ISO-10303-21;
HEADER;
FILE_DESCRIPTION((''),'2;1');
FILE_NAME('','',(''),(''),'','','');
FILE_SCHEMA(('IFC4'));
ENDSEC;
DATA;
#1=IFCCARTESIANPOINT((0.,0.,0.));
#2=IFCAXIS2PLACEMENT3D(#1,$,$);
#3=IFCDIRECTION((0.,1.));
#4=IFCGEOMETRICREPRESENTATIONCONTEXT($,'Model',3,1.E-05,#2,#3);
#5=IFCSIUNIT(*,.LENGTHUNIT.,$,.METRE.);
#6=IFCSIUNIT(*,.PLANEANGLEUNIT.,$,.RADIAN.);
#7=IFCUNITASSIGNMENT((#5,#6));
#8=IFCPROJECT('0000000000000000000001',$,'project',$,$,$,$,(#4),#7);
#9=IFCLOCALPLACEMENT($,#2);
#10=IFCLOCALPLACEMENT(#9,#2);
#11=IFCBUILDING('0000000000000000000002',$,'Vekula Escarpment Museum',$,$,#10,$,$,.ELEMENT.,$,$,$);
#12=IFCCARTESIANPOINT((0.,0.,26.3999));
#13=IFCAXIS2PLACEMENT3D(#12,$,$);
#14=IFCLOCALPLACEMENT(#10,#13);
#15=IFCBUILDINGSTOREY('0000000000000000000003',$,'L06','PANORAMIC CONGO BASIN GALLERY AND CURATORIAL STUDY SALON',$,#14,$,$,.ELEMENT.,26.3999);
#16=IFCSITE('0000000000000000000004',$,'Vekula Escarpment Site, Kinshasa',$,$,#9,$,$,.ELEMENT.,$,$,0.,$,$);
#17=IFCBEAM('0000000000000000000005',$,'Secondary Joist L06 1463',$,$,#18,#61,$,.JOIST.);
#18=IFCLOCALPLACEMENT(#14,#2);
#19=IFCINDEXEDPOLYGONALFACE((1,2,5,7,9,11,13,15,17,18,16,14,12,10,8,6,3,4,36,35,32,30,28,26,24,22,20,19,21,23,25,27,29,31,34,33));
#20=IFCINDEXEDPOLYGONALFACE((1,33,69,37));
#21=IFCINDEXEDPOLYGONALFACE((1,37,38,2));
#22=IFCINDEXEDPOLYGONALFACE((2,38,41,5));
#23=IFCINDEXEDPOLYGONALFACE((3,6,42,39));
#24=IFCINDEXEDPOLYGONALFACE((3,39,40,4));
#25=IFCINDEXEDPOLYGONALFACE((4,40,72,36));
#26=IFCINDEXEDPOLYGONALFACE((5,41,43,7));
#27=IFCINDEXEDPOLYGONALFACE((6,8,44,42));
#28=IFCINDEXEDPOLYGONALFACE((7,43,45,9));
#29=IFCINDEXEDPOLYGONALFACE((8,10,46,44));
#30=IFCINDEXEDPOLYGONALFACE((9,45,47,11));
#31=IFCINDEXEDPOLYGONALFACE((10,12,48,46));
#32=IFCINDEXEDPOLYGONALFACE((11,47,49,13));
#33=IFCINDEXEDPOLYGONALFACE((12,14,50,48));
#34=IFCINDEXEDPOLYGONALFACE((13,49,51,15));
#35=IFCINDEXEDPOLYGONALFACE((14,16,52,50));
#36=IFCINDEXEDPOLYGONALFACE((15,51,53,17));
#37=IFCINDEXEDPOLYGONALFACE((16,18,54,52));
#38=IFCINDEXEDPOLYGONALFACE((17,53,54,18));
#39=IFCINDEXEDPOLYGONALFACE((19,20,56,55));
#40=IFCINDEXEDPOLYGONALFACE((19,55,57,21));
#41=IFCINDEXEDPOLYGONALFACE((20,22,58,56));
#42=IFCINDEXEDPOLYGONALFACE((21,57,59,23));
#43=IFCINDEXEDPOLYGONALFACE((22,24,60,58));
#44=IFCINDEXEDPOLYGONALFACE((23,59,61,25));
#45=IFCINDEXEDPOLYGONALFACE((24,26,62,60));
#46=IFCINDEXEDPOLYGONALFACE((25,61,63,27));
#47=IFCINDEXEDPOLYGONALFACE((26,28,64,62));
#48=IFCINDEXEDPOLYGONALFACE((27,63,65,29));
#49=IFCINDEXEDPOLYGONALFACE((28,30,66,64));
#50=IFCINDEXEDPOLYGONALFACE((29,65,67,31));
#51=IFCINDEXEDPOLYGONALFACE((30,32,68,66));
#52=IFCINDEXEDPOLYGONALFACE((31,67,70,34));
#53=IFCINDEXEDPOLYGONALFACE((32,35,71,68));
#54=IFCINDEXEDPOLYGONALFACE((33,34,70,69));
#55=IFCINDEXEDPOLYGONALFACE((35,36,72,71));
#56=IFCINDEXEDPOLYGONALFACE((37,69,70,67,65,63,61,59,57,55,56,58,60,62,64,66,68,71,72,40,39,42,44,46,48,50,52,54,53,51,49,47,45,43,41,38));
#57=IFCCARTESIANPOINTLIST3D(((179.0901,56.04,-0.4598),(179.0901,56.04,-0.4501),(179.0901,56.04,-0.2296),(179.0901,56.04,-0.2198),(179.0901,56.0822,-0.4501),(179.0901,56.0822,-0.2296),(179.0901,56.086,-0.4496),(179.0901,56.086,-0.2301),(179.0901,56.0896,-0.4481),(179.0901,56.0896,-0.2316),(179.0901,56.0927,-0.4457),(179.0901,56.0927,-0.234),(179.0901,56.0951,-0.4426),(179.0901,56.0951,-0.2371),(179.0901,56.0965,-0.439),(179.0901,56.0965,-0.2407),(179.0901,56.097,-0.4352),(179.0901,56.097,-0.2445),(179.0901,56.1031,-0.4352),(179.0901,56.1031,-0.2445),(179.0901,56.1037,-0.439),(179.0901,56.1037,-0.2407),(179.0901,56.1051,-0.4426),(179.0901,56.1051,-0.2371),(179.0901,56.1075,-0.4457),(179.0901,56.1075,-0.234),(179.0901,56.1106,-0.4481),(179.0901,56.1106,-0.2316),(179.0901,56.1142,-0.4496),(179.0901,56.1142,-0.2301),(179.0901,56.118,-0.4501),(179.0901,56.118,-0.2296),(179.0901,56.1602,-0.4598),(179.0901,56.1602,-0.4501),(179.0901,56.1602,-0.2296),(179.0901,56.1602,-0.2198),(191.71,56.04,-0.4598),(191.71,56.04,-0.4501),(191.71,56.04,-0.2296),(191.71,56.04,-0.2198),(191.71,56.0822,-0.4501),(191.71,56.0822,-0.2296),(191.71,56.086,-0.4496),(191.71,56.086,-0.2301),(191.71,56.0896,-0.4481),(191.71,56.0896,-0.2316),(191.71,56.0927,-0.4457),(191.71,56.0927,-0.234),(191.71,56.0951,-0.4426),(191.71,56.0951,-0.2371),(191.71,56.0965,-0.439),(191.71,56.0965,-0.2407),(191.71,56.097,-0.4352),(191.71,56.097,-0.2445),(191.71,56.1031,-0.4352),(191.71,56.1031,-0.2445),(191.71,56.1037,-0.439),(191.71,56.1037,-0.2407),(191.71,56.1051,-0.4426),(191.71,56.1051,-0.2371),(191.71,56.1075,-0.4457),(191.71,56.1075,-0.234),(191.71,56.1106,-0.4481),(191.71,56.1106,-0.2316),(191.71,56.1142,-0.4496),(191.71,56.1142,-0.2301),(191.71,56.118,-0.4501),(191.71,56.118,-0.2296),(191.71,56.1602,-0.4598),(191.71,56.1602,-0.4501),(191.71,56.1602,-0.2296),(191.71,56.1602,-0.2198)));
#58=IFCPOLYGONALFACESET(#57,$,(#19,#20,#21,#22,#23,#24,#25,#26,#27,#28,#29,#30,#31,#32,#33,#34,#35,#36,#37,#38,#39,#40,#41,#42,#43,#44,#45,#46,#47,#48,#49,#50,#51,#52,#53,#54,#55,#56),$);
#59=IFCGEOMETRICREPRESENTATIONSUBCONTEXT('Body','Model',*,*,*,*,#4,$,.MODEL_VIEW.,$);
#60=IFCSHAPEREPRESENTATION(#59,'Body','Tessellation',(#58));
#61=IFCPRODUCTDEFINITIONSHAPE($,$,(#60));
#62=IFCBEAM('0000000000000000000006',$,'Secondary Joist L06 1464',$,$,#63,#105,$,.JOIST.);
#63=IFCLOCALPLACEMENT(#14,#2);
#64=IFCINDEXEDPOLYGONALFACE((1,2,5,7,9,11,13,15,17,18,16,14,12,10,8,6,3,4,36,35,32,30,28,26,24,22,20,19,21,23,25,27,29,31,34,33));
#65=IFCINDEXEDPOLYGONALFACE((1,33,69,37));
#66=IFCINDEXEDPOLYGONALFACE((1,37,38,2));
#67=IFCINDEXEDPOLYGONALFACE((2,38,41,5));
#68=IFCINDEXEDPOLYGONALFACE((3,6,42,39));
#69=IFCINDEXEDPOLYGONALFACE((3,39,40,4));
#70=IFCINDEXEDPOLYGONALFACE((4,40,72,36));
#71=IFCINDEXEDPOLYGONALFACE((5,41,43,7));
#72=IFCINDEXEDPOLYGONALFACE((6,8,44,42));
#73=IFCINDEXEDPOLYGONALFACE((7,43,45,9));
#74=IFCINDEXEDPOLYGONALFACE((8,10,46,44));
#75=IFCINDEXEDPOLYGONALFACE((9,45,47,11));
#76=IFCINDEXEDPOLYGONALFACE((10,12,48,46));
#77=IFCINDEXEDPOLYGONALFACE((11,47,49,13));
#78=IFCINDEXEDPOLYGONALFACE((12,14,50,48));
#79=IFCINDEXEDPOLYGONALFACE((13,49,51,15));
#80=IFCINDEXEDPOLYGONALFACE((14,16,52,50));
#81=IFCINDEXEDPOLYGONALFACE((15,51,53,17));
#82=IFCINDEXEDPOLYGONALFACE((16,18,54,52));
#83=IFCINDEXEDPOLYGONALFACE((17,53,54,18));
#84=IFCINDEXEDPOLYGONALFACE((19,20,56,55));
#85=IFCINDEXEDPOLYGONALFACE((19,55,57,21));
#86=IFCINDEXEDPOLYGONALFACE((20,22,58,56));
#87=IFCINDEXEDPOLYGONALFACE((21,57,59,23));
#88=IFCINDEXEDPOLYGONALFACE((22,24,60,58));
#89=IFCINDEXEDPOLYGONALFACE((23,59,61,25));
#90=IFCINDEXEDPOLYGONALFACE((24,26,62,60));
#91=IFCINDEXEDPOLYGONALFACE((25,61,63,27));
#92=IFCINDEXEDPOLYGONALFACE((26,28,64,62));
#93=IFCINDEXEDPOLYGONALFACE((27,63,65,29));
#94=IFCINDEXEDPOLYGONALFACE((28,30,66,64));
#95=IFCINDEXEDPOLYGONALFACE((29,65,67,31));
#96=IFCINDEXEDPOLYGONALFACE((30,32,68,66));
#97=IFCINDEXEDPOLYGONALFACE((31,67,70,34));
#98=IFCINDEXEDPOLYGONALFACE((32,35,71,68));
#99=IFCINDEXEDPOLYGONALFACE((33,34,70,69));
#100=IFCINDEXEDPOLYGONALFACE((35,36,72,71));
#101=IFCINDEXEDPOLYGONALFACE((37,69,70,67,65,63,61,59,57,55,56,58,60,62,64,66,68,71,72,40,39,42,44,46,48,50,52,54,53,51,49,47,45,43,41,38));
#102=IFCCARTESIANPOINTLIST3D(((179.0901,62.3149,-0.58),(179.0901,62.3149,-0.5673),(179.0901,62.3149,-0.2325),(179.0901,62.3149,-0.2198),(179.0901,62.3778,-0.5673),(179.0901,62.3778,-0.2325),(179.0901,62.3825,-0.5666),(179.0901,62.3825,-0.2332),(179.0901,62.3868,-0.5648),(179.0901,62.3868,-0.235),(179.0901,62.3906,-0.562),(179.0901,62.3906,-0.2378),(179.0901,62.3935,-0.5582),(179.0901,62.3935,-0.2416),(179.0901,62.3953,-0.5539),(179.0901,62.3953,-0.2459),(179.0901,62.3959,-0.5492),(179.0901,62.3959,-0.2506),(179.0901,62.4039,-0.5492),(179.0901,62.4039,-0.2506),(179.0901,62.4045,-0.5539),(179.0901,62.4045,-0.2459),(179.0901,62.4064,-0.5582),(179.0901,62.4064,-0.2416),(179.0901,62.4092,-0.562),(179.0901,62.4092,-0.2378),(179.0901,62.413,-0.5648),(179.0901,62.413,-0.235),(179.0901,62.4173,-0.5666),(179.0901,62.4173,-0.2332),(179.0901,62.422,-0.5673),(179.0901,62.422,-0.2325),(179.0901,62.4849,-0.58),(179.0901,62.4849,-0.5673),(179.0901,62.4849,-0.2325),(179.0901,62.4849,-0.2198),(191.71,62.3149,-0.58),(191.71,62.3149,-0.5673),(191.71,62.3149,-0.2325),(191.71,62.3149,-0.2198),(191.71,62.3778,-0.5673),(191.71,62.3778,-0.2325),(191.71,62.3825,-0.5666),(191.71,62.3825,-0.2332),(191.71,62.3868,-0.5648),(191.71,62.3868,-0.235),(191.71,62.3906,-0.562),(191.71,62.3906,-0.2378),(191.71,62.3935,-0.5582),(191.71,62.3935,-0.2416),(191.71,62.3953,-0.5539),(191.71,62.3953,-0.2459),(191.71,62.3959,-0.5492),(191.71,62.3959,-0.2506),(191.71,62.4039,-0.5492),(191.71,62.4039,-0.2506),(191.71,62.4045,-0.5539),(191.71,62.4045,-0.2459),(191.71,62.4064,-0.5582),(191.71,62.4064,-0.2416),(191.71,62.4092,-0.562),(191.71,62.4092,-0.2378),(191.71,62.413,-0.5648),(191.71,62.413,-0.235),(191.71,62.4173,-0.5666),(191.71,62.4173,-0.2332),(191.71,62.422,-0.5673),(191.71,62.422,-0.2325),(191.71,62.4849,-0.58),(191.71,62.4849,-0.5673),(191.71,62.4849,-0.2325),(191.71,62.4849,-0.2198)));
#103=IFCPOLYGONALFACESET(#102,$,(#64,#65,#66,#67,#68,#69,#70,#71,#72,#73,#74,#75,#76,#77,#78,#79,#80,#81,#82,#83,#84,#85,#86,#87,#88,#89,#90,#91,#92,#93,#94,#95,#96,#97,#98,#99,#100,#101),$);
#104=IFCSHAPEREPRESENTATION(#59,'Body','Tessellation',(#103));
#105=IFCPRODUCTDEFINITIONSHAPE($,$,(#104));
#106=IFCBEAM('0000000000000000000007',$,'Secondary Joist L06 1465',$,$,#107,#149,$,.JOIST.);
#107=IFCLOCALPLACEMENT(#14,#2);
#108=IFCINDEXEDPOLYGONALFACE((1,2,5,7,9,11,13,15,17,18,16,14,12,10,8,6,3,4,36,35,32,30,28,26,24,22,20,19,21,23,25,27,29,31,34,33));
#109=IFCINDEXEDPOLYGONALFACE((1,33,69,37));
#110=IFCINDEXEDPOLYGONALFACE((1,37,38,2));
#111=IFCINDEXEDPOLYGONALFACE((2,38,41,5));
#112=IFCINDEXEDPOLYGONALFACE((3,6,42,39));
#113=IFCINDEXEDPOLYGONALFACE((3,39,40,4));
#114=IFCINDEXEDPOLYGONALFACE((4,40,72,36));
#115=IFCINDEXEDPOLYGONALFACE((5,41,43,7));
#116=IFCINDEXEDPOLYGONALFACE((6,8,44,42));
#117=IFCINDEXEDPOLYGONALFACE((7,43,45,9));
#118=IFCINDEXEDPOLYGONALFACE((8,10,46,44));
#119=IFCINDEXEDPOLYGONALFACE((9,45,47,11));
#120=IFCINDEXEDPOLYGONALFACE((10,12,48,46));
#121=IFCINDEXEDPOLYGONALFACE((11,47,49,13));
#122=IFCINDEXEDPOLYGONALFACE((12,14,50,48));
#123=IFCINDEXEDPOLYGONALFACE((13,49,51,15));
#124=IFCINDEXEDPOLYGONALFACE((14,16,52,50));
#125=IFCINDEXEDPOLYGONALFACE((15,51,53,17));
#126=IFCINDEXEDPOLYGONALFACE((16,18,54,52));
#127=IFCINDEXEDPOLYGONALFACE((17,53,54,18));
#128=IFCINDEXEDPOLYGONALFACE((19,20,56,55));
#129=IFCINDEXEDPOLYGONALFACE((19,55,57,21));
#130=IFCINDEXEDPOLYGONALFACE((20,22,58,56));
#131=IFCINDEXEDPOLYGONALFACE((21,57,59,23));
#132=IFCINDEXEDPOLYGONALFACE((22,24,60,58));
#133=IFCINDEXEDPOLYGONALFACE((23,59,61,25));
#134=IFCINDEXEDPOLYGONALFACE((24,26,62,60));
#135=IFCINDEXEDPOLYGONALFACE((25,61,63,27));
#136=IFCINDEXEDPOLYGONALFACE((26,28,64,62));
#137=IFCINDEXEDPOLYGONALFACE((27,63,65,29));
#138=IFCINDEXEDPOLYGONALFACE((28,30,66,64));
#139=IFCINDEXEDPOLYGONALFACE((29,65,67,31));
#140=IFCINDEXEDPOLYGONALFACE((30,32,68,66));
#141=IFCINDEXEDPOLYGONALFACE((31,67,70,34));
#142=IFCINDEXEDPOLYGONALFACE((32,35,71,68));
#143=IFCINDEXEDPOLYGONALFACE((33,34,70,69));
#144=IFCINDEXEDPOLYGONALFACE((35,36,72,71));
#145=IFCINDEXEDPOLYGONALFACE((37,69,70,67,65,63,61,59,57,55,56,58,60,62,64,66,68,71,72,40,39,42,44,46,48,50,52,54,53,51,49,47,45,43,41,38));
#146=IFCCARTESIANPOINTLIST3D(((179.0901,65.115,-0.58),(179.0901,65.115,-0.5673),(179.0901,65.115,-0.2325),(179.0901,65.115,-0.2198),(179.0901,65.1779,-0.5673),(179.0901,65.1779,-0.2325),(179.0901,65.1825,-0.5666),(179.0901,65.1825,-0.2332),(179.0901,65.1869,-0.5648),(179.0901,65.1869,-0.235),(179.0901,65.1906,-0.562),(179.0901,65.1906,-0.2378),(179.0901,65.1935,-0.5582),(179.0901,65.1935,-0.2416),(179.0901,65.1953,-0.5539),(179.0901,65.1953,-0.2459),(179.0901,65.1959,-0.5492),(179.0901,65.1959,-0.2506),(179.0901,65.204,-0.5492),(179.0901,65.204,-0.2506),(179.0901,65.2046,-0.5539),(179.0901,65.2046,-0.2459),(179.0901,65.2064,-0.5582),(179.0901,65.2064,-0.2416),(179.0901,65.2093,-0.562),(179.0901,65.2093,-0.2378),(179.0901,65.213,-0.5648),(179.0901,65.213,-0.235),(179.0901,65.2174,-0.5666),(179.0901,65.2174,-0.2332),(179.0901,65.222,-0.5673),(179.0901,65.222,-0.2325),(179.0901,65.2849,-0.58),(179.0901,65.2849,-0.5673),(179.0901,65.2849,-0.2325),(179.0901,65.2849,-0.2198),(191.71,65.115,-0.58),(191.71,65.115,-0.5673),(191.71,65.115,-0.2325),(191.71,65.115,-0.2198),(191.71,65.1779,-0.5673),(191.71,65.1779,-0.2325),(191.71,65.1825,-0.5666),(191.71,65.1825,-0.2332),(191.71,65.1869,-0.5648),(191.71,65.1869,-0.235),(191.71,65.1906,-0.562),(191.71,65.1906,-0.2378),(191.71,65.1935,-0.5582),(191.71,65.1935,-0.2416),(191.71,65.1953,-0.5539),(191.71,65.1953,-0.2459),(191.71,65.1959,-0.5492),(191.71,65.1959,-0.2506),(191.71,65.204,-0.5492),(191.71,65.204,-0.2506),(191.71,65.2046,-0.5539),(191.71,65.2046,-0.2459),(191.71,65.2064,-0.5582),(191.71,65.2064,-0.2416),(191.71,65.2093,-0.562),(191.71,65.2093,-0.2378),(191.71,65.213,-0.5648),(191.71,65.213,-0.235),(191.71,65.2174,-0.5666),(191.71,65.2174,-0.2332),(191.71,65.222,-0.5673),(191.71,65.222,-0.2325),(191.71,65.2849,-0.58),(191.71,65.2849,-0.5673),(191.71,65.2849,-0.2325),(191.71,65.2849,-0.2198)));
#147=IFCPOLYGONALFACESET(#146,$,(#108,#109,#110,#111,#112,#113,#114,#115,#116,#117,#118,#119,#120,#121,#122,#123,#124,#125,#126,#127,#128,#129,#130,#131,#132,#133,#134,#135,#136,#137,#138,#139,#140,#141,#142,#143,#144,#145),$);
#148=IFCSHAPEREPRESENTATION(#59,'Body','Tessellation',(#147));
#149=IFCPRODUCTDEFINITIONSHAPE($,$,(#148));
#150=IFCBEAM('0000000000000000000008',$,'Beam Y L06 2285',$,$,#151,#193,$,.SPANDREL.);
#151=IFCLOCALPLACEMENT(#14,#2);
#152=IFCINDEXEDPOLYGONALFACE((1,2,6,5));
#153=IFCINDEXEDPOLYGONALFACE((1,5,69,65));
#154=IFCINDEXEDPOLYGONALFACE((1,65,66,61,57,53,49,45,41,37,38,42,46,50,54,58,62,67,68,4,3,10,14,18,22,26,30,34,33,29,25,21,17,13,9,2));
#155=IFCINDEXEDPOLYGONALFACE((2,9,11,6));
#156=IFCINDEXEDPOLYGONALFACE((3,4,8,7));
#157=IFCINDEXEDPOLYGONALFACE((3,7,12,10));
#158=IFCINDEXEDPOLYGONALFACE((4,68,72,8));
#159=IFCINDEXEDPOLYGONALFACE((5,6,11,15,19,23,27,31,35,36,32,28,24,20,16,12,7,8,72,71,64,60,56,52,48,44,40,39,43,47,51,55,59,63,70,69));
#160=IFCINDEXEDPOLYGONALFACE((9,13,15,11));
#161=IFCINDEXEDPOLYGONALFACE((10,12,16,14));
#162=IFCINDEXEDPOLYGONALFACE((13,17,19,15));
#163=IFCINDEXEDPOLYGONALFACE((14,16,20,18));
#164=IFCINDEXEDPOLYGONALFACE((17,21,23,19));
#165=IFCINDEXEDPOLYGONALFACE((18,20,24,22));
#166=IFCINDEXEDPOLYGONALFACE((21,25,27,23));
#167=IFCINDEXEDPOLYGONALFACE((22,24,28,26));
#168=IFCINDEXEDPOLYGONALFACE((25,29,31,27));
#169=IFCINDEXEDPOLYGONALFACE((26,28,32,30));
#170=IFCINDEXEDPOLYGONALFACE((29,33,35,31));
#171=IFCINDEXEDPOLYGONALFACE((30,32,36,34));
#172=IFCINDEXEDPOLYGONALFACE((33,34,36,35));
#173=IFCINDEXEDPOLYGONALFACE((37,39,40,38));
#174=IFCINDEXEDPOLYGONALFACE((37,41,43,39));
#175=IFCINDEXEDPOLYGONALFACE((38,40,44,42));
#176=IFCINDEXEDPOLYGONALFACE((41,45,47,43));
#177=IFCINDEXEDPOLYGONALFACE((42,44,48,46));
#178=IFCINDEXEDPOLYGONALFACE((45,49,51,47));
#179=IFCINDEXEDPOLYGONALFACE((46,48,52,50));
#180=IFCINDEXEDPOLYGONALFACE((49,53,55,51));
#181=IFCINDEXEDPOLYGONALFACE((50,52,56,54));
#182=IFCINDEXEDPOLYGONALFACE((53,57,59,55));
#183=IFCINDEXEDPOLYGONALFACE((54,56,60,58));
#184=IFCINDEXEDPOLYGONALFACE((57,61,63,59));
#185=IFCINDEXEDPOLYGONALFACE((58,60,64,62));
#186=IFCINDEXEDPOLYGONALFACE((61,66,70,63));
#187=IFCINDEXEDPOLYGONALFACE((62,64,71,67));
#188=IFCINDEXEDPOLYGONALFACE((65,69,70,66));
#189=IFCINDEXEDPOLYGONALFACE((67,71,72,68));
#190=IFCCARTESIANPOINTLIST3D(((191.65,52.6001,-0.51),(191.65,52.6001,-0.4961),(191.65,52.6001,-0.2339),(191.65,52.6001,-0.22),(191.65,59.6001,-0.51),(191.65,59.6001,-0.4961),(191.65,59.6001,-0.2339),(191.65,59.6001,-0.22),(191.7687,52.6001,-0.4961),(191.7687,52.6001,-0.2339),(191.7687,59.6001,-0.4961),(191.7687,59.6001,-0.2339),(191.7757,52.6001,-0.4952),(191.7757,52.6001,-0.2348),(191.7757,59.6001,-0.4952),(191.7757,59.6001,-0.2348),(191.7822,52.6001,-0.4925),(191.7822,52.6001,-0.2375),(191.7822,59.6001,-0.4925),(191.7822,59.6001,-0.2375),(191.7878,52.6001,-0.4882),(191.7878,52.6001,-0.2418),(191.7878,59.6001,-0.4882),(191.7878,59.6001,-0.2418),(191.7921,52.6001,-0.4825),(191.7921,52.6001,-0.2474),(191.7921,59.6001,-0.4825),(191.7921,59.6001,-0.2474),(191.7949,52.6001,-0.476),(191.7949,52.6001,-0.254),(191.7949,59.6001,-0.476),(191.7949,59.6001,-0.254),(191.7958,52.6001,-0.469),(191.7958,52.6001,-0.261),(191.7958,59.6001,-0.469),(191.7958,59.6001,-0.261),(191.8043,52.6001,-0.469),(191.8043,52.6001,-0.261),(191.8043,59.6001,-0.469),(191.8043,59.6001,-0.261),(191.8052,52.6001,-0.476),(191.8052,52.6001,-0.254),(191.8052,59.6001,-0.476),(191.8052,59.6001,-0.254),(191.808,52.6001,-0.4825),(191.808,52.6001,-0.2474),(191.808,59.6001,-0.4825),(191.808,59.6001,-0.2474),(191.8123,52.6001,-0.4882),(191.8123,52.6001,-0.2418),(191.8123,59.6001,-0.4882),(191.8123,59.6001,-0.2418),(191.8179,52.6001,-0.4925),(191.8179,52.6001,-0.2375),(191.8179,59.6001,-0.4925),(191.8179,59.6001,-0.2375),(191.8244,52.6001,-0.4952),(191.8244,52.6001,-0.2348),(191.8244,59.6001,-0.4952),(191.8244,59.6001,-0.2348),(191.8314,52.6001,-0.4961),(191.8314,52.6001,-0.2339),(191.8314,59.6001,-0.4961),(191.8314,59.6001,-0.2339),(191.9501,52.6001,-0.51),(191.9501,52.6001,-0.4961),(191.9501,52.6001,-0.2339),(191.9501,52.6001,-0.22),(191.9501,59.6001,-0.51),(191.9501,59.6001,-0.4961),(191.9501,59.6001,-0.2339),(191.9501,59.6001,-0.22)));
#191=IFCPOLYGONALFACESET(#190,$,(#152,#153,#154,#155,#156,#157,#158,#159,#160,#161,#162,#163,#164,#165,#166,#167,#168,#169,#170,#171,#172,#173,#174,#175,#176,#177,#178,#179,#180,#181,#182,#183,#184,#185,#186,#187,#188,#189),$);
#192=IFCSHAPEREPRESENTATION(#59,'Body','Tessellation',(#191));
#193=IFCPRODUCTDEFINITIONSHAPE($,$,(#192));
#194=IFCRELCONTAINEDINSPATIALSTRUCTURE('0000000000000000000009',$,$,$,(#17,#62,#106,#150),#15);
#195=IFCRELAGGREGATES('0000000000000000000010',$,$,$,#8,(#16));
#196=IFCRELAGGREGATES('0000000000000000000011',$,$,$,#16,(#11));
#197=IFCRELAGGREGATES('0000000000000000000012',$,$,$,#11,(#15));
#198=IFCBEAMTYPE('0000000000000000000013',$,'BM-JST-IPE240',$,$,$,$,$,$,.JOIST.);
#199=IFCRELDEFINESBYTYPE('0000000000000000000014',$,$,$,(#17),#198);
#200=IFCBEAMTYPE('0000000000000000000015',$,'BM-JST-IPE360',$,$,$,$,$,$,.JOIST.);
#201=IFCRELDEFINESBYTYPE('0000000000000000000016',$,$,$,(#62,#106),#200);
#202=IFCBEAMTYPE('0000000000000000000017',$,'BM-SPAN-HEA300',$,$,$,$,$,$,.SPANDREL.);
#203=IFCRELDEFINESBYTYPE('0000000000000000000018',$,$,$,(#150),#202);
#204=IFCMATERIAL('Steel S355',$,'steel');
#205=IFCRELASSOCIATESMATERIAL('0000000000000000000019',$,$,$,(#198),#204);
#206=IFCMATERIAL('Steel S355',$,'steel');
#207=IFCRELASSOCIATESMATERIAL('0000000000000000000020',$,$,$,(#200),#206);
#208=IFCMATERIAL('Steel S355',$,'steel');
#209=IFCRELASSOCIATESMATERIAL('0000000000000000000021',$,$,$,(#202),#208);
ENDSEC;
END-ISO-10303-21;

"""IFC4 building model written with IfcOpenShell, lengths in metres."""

from ifc_helpers import new_model, si_unit, direction, frame, origin, origin_2d, place, context, subcontext, project, spatial, i_section, extrude, material, material_profile, profile_set, type_object, element, save


model = new_model("IFC4")

# Units and contexts
model_context = context("Model", 3, precision=1e-05, world=origin(), true_north=direction((0.0, 1.0)))
body_context = subcontext(model_context, "Body", "Model", "MODEL_VIEW")
ifc_project = project(units=[si_unit("LENGTHUNIT", "METRE"), si_unit("PLANEANGLEUNIT", "RADIAN")], contexts=[model_context])

# Site, building, storey
site_placement = place(None, origin())
site = spatial("IfcSite", under=ifc_project, at=site_placement, Name="Vekula Escarpment Site, Kinshasa", CompositionType="ELEMENT", RefElevation=0.0)
building_placement = place(site_placement, origin())
building = spatial("IfcBuilding", under=site, at=building_placement, Name="Vekula Escarpment Museum", CompositionType="ELEMENT")
storey_placement = place(building_placement, frame((0.0, 0.0, 26.3999)))
storey = spatial("IfcBuildingStorey", under=building, at=storey_placement, Name="L06", Description="PANORAMIC CONGO BASIN GALLERY AND CURATORIAL STUDY SALON", CompositionType="ELEMENT", Elevation=26.3999)

# Beams
ifc_material_1 = material(Name="Steel S355", Category="steel")
ifc_material_profile_1 = material_profile(ifc_material_1, i_section(OverallWidth=0.1201, OverallDepth=0.24, WebThickness=0.0061, FlangeThickness=0.0098, FilletRadius=0.0149, at=origin_2d()), Name="IPE 240")
ifc_profile_set_1 = profile_set([ifc_material_profile_1], Name="Steel S355")
beam_type_1 = type_object("IfcBeamType", Name="BM-JST-IPE240", PredefinedType="JOIST", material=ifc_profile_set_1)
beam_1_placement = place(storey_placement, frame((179.0901, 56.1001, -0.3398), z_axis=(1.0, 0.0, 0.0), x_axis=(0.0, 1.0, 0.0)))
element("IfcBeam", 1, at=beam_1_placement, inside=storey, type_object=beam_type_1, Name="Secondary Joist L06 1463", PredefinedType="JOIST", context=body_context, shape_type="SweptSolid", body=[
    extrude(i_section(OverallWidth=0.1201, OverallDepth=0.24, WebThickness=0.0061, FlangeThickness=0.0098, FilletRadius=0.0149, at=origin_2d()), origin(), (0.0, 0.0, 1.0), 12.6199),
])
ifc_material_2 = material(Name="Steel S355", Category="steel")
ifc_material_profile_2 = material_profile(ifc_material_2, i_section(OverallWidth=0.1699, OverallDepth=0.3601, WebThickness=0.0081, FlangeThickness=0.0127, FilletRadius=0.0181, at=origin_2d()), Name="IPE 360")
ifc_profile_set_2 = profile_set([ifc_material_profile_2], Name="Steel S355")
beam_type_2 = type_object("IfcBeamType", Name="BM-JST-IPE360", PredefinedType="JOIST", material=ifc_profile_set_2)
for number, where, z_axis, x_axis, name in (
    (2, (179.0901, 62.3999, -0.3999), (1.0, 0.0, 0.0), (0.0, 1.0, 0.0), "Secondary Joist L06 1464"),
    (3, (179.0901, 65.2, -0.3999), (1.0, 0.0, 0.0), (0.0, 1.0, 0.0), "Secondary Joist L06 1465"),
):
    element("IfcBeam", number, at=place(storey_placement, frame(where, z_axis=z_axis, x_axis=x_axis)), inside=storey, type_object=beam_type_2, Name=name, PredefinedType="JOIST", context=body_context, shape_type="SweptSolid", body=[
        extrude(i_section(OverallWidth=0.1699, OverallDepth=0.3601, WebThickness=0.0081, FlangeThickness=0.0127, FilletRadius=0.0181, at=origin_2d()), origin(), (0.0, 0.0, 1.0), 12.6199),
    ])
ifc_material_3 = material(Name="Steel S355", Category="steel")
ifc_material_profile_3 = material_profile(ifc_material_3, i_section(OverallWidth=0.3, OverallDepth=0.29, WebThickness=0.0085, FlangeThickness=0.0139, FilletRadius=0.0271, at=origin_2d()), Name="HEA 300")
ifc_profile_set_3 = profile_set([ifc_material_profile_3], Name="Steel S355")
beam_type_3 = type_object("IfcBeamType", Name="BM-SPAN-HEA300", PredefinedType="SPANDREL", material=ifc_profile_set_3)
beam_2_placement = place(storey_placement, frame((191.8, 52.6001, -0.365), z_axis=(0.0, 1.0, 0.0), x_axis=(-1.0, 0.0, 0.0)))
element("IfcBeam", 4, at=beam_2_placement, inside=storey, type_object=beam_type_3, Name="Beam Y L06 2285", PredefinedType="SPANDREL", context=body_context, shape_type="SweptSolid", body=[
    extrude(i_section(OverallWidth=0.3, OverallDepth=0.29, WebThickness=0.0085, FlangeThickness=0.0139, FilletRadius=0.0271, at=origin_2d()), origin(), (0.0, 0.0, 1.0), 7.0),
])

save(model, "model.ifc")
